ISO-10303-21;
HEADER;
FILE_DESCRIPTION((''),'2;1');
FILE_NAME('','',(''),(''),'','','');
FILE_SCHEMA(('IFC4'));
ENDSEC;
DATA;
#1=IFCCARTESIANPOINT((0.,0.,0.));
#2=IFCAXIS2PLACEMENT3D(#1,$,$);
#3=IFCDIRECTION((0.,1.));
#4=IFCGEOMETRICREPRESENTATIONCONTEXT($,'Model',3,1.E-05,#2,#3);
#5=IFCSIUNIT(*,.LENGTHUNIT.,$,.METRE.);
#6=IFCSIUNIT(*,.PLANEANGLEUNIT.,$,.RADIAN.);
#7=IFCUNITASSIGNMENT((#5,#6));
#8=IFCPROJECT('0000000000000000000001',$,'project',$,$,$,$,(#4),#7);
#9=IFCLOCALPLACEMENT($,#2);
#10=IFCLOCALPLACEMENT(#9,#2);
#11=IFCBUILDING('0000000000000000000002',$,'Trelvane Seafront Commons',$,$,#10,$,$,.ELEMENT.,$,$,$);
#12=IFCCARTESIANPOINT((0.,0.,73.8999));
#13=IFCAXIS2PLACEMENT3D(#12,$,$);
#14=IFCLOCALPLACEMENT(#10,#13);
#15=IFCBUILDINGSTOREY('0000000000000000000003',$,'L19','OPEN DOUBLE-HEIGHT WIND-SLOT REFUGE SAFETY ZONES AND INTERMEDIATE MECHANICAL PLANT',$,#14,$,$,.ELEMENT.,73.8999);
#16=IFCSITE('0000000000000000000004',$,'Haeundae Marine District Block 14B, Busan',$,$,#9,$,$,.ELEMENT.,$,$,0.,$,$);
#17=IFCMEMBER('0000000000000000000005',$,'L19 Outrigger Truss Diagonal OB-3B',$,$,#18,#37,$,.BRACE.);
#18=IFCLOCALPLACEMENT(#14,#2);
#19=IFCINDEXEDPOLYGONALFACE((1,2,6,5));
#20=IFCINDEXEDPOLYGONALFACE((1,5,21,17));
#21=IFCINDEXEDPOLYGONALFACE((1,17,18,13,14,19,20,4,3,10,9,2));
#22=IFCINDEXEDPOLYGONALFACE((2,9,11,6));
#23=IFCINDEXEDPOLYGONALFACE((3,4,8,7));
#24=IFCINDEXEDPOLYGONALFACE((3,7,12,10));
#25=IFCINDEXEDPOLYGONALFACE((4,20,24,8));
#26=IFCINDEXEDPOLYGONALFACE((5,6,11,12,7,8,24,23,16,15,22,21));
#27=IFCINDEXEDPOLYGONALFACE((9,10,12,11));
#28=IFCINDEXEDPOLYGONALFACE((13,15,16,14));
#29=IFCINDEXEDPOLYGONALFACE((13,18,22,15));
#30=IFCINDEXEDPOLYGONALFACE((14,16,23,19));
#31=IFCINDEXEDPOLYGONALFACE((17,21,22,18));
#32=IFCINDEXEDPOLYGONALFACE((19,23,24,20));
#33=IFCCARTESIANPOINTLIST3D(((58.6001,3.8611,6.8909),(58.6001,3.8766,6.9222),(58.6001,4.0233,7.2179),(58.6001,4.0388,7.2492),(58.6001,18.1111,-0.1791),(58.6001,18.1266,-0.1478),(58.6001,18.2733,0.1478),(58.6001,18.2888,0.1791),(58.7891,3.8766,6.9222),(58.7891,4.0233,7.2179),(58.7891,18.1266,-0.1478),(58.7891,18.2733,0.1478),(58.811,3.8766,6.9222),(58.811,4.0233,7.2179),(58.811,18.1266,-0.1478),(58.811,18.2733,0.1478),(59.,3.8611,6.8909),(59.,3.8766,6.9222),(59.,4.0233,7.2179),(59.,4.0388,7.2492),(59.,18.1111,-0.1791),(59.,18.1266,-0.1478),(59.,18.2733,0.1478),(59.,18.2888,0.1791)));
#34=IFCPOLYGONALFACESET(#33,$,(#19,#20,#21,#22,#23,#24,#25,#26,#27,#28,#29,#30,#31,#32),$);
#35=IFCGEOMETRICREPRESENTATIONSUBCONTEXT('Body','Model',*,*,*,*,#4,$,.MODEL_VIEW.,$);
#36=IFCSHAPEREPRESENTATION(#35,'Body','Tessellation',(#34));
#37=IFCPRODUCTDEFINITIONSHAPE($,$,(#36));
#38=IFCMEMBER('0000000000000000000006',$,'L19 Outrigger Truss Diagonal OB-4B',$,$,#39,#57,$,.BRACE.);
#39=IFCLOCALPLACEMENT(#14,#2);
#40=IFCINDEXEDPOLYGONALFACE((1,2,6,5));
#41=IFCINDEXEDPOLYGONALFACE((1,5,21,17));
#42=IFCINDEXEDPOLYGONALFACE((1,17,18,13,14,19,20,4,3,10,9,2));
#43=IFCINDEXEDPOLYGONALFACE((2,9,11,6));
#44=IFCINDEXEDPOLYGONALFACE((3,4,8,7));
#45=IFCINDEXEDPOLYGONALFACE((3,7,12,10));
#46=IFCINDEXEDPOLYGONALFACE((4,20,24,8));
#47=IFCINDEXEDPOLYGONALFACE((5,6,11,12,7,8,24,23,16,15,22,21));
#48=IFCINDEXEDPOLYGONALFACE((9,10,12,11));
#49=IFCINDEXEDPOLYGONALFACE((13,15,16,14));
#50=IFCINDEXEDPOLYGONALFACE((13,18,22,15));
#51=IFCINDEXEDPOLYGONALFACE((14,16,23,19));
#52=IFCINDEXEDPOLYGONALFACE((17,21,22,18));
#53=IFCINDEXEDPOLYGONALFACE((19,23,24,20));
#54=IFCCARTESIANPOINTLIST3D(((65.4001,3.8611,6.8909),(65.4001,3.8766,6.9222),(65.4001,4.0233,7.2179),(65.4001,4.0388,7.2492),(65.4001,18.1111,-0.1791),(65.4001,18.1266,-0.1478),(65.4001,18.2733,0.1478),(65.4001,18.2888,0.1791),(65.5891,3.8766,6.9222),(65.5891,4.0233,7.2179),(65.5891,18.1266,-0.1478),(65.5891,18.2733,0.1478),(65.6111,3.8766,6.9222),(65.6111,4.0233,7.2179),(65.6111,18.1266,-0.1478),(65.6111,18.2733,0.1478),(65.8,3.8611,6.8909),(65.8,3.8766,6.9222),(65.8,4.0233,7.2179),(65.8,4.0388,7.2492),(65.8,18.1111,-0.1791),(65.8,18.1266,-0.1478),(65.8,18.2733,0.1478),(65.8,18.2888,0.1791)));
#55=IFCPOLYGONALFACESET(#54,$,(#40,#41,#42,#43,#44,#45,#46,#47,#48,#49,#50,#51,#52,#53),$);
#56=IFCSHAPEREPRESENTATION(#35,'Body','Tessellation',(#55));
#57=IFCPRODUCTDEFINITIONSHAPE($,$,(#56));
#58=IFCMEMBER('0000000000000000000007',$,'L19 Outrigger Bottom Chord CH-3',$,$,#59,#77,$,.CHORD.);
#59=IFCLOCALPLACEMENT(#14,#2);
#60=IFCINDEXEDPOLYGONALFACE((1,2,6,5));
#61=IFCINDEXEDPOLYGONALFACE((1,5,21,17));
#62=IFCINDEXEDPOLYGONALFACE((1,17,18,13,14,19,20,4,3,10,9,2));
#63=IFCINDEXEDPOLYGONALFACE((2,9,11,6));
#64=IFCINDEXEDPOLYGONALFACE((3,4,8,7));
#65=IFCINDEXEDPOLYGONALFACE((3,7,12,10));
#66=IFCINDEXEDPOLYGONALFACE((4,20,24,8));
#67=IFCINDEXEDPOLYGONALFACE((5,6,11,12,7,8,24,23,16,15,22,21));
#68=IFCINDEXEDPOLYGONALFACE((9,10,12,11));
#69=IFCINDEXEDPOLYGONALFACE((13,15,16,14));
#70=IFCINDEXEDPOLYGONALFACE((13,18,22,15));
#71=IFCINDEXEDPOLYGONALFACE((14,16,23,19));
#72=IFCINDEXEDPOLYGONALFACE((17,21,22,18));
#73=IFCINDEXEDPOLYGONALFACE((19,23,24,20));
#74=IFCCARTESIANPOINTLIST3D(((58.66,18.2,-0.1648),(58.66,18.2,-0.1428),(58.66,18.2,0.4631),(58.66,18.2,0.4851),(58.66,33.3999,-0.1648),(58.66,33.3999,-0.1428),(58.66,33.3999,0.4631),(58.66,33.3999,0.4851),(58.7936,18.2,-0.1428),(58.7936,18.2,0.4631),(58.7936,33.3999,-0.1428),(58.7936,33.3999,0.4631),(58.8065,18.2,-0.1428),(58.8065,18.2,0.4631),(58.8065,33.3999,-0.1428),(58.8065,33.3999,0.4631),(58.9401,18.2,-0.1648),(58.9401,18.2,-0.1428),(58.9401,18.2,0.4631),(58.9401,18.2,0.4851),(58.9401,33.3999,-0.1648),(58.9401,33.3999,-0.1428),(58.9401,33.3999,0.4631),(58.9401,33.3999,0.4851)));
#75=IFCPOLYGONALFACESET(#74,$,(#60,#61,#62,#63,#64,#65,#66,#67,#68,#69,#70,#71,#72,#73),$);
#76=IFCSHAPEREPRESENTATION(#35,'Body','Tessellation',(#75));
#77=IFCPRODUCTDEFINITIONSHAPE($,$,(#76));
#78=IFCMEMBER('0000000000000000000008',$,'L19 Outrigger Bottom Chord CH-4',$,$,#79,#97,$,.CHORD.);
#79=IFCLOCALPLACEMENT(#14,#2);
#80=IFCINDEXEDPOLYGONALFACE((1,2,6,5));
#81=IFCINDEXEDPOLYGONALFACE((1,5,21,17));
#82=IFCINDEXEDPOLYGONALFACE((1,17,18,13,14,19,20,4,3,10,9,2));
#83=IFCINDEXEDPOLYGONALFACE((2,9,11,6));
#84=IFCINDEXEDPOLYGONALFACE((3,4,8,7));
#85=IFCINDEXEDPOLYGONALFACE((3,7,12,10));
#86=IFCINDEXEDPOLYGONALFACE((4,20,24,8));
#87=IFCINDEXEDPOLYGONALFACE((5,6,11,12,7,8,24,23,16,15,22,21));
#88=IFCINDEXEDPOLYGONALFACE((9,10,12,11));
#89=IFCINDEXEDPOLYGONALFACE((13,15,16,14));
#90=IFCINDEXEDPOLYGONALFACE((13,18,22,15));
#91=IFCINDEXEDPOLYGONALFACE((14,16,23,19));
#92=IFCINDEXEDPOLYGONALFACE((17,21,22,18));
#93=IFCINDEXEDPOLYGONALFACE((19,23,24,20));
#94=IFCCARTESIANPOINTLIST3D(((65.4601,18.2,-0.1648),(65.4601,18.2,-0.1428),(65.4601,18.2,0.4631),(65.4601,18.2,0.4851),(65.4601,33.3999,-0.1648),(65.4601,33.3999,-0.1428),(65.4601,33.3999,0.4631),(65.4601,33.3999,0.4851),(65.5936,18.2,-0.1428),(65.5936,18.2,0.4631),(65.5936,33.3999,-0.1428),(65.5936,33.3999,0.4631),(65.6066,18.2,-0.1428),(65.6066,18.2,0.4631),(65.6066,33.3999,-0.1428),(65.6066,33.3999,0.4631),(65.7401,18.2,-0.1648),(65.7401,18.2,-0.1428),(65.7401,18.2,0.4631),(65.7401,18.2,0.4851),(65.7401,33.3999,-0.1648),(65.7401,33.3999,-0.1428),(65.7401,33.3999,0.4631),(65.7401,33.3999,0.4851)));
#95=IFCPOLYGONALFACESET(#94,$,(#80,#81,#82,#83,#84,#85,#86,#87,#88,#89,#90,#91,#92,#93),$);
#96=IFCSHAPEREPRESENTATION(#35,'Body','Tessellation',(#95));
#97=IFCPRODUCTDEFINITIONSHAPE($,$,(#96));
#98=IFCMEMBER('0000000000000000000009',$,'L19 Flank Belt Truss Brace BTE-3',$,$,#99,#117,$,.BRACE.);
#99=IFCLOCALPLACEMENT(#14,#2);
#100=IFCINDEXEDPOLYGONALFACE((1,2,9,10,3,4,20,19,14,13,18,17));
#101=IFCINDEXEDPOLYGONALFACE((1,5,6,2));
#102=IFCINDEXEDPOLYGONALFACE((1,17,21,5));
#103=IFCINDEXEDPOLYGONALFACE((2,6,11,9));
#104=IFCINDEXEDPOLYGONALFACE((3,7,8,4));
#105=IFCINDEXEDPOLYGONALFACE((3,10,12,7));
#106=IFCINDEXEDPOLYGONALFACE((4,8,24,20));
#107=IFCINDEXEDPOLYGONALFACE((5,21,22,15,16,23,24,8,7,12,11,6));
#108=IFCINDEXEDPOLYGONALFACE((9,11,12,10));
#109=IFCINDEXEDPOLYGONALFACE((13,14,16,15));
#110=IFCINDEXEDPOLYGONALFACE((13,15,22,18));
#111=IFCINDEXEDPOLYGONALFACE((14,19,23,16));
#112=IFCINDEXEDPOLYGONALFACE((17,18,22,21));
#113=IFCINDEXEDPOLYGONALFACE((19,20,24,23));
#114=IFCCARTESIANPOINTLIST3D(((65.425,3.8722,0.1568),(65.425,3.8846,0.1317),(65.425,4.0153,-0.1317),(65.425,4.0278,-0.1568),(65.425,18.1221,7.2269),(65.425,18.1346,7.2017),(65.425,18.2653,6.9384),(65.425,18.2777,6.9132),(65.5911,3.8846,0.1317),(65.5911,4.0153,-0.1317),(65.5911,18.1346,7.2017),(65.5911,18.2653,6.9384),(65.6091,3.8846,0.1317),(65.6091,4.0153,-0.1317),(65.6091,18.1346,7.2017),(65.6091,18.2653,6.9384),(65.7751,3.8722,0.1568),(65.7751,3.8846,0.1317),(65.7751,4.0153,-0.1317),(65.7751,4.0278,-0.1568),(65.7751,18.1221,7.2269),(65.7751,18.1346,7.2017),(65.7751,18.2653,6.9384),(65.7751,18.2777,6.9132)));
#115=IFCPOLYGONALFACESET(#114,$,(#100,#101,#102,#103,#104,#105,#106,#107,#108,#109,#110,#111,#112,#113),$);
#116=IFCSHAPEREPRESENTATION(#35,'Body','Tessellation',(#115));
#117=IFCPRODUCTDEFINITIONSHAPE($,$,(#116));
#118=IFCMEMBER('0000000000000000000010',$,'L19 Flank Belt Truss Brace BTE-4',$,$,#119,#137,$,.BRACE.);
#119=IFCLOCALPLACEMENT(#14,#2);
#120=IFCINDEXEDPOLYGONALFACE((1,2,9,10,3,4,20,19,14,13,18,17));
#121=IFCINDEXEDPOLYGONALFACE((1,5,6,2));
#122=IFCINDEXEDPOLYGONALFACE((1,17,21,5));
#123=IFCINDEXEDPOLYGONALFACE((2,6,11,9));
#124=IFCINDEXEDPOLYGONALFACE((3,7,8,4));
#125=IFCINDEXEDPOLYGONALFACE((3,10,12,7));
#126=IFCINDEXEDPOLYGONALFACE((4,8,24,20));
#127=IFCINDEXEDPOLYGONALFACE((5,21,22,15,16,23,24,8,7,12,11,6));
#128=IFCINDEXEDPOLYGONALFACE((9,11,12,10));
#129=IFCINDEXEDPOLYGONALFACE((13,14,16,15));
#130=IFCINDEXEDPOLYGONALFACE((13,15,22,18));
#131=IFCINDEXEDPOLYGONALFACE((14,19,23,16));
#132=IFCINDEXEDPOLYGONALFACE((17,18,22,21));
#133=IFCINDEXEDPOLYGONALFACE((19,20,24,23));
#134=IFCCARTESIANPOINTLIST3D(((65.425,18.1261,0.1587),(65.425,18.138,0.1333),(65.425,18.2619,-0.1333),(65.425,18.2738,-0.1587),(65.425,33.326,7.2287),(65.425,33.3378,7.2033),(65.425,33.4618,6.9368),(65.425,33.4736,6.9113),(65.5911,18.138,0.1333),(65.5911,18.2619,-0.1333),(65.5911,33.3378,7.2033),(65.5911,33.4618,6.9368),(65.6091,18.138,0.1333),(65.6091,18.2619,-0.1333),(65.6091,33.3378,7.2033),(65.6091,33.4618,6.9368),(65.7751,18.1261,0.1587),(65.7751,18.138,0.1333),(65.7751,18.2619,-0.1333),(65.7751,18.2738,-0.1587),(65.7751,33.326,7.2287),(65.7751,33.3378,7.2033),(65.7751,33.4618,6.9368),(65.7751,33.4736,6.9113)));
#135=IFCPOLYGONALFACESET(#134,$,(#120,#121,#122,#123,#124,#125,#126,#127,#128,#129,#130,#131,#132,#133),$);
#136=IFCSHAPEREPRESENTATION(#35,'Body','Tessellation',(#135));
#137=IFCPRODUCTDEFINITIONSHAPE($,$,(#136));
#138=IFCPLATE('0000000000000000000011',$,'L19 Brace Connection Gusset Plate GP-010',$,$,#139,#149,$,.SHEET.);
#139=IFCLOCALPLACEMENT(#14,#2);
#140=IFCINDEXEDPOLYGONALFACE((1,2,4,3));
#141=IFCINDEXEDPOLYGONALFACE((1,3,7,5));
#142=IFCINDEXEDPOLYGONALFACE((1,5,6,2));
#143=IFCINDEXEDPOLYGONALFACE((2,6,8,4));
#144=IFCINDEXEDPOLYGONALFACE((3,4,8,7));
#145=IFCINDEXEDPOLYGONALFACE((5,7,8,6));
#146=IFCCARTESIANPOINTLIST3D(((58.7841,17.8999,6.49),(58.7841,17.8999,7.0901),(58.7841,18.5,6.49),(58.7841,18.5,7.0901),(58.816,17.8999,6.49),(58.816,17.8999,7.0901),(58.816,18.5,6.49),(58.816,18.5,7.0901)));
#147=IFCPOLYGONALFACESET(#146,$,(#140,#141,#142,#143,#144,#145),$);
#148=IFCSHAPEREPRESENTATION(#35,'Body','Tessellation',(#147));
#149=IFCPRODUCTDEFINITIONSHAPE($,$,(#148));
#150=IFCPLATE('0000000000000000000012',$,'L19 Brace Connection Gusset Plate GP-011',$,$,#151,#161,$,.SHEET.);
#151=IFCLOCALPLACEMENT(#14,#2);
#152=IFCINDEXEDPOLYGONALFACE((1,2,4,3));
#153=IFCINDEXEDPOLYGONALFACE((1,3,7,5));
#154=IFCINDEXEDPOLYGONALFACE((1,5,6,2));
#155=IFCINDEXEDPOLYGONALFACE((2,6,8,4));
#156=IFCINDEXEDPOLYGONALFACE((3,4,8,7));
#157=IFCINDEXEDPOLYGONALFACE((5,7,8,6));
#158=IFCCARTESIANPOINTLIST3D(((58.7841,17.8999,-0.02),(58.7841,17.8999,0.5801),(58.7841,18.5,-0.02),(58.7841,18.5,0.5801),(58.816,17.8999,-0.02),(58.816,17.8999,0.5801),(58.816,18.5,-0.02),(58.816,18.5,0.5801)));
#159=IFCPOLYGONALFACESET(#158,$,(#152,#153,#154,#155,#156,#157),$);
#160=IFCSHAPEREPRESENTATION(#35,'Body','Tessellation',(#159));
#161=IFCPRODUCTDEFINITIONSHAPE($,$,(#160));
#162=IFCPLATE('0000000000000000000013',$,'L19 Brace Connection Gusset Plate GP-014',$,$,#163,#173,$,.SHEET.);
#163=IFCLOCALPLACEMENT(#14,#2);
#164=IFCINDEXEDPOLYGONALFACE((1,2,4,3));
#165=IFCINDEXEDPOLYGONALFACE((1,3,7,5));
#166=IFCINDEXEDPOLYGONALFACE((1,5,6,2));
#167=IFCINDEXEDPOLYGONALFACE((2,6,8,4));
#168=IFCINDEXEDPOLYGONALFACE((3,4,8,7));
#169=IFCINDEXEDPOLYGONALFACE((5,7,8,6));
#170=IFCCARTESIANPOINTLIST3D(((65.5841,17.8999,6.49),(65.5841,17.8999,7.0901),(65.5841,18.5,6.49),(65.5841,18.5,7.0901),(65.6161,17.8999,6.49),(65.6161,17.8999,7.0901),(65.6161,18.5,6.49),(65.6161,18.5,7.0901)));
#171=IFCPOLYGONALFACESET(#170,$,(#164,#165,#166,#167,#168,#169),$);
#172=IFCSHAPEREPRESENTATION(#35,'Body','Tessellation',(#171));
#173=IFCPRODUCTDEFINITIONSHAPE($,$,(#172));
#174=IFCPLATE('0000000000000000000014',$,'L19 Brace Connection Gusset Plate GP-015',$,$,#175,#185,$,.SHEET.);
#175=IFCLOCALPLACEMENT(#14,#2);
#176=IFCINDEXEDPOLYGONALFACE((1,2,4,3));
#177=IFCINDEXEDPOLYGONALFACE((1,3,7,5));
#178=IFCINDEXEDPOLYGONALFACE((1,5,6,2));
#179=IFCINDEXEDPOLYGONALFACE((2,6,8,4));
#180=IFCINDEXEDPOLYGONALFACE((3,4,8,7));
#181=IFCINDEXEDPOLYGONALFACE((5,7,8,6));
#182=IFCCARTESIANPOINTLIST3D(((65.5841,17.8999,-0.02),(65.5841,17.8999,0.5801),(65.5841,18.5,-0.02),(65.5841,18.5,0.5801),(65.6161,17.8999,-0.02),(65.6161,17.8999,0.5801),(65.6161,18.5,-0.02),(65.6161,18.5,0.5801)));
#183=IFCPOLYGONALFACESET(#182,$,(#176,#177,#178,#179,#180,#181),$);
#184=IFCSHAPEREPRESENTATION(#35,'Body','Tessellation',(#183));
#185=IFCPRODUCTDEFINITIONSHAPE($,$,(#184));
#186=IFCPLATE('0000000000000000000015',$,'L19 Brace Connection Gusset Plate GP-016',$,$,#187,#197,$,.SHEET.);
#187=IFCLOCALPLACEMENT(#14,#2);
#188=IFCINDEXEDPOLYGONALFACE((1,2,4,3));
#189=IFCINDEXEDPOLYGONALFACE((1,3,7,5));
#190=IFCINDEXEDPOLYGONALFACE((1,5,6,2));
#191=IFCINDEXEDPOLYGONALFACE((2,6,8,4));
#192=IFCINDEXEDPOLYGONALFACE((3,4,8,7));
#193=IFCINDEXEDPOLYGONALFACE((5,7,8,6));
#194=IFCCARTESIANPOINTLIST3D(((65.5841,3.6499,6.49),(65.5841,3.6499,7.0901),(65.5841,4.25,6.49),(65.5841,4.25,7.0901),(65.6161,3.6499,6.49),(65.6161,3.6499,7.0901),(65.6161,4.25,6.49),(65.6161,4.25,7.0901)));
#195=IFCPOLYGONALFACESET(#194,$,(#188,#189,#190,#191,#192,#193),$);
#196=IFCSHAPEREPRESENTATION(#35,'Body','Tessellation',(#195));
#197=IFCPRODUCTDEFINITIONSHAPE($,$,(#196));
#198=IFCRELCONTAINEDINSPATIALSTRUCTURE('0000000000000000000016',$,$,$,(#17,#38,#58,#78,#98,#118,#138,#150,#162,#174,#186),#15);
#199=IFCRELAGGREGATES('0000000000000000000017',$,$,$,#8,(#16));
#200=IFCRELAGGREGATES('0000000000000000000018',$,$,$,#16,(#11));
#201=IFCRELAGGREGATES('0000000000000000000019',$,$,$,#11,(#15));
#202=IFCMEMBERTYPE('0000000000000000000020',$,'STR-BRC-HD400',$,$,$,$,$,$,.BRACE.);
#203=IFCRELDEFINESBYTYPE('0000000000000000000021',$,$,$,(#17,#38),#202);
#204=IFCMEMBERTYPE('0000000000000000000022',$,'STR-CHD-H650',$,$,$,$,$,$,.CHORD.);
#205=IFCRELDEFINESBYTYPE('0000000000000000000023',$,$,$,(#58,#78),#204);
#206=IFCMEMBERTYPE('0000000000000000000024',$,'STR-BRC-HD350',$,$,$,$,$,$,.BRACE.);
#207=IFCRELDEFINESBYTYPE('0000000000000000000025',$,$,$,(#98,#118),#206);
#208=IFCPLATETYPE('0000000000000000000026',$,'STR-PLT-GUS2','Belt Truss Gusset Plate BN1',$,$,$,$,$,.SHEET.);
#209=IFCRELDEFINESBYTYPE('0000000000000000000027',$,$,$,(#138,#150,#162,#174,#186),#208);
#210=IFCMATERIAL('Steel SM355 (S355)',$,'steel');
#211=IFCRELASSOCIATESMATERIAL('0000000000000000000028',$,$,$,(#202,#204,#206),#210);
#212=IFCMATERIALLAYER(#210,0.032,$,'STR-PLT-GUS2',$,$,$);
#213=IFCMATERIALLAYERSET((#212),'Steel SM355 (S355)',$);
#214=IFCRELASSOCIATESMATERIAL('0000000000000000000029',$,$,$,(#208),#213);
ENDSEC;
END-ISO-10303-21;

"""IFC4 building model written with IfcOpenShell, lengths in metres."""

from ifc_helpers import new_model, si_unit, direction, frame, origin, origin_2d, place, context, subcontext, project, spatial, rectangle, i_section, extrude, source, transform, mapped, material, layer, layer_set, material_profile, profile_set, type_object, element, save


model = new_model("IFC4")

# Units and contexts
model_context = context("Model", 3, precision=1e-05, world=origin(), true_north=direction((0.0, 1.0)))
body_context = subcontext(model_context, "Body", "Model", "MODEL_VIEW")
ifc_project = project(units=[si_unit("LENGTHUNIT", "METRE"), si_unit("PLANEANGLEUNIT", "RADIAN")], contexts=[model_context])

# Site, building, storey
site_placement = place(None, origin())
site = spatial("IfcSite", under=ifc_project, at=site_placement, Name="Haeundae Marine District Block 14B, Busan", CompositionType="ELEMENT", RefElevation=0.0)
building_placement = place(site_placement, origin())
building = spatial("IfcBuilding", under=site, at=building_placement, Name="Trelvane Seafront Commons", CompositionType="ELEMENT")
storey_placement = place(building_placement, frame((0.0, 0.0, 73.8999)))
storey = spatial("IfcBuildingStorey", under=building, at=storey_placement, Name="L19", Description="OPEN DOUBLE-HEIGHT WIND-SLOT REFUGE SAFETY ZONES AND INTERMEDIATE MECHANICAL PLANT", CompositionType="ELEMENT", Elevation=73.8999)

# Shared definitions
ifc_material_1 = material(Name="Steel SM355 (S355)", Category="steel")

# Members
ifc_material_profile_1 = material_profile(ifc_material_1, i_section(OverallWidth=0.3999, OverallDepth=0.3999, WebThickness=0.022, FlangeThickness=0.0349, at=origin_2d()), Name="HD-400x400x22x35")
ifc_profile_set_1 = profile_set([ifc_material_profile_1], Name="Steel SM355 (S355)")
member_type_1 = type_object("IfcMemberType", Name="STR-BRC-HD400", PredefinedType="BRACE", material=ifc_profile_set_1)
shared_shape_1 = source(origin(), body_context, "Body", "SweptSolid", [
    extrude(i_section(OverallWidth=0.3999, OverallDepth=0.3999, WebThickness=0.022, FlangeThickness=0.0349, at=origin_2d()), origin(), (0.0, 0.0, 1.0), 15.9075),
])
for number, where, z_axis, x_axis, name in (
    (1, (58.8, 18.2, 0.0), (0.0, -0.895804, 0.444449), (1.0, 0.0, 0.0), "L19 Outrigger Truss Diagonal OB-3B"),
    (2, (65.6001, 18.2, 0.0), (0.0, -0.895804, 0.444449), (1.0, 0.0, 0.0), "L19 Outrigger Truss Diagonal OB-4B"),
):
    element("IfcMember", number, at=place(storey_placement, frame(where, z_axis=z_axis, x_axis=x_axis)), inside=storey, type_object=member_type_1, Name=name, PredefinedType="BRACE", context=body_context, shape_type="MappedRepresentation", body=[
        mapped(shared_shape_1, transform((0.0, 0.0, 0.0), x_axis=(1.0, 0.0, 0.0), y_axis=(0.0, 1.0, 0.0), z_axis=(0.0, 0.0, 1.0), scale=1.0)),
    ])
ifc_material_profile_2 = material_profile(ifc_material_1, i_section(OverallWidth=0.28, OverallDepth=0.6499, WebThickness=0.0129, FlangeThickness=0.022, at=origin_2d()), Name="H-650x280x13x22")
ifc_profile_set_2 = profile_set([ifc_material_profile_2], Name="Steel SM355 (S355)")
member_type_2 = type_object("IfcMemberType", Name="STR-CHD-H650", PredefinedType="CHORD", material=ifc_profile_set_2)
shared_shape_2 = source(origin(), body_context, "Body", "SweptSolid", [
    extrude(i_section(OverallWidth=0.28, OverallDepth=0.6499, WebThickness=0.0129, FlangeThickness=0.022, at=origin_2d()), origin(), (0.0, 0.0, 1.0), 15.2),
])
for number, where, z_axis, x_axis, name in (
    (3, (58.8, 18.2, 0.1602), (0.0, 1.0, 0.0), (-1.0, 0.0, 0.0), "L19 Outrigger Bottom Chord CH-3"),
    (4, (65.6001, 18.2, 0.1602), (0.0, 1.0, 0.0), (-1.0, 0.0, 0.0), "L19 Outrigger Bottom Chord CH-4"),
):
    element("IfcMember", number, at=place(storey_placement, frame(where, z_axis=z_axis, x_axis=x_axis)), inside=storey, type_object=member_type_2, Name=name, PredefinedType="CHORD", context=body_context, shape_type="MappedRepresentation", body=[
        mapped(shared_shape_2, transform((0.0, 0.0, 0.0), x_axis=(1.0, 0.0, 0.0), y_axis=(0.0, 1.0, 0.0), z_axis=(0.0, 0.0, 1.0), scale=1.0)),
    ])
ifc_material_profile_3 = material_profile(ifc_material_1, i_section(OverallWidth=0.3501, OverallDepth=0.3501, WebThickness=0.0181, FlangeThickness=0.0281, at=origin_2d()), Name="HD-350x350x18x28")
ifc_profile_set_3 = profile_set([ifc_material_profile_3], Name="Steel SM355 (S355)")
member_type_3 = type_object("IfcMemberType", Name="STR-BRC-HD350", PredefinedType="BRACE", material=ifc_profile_set_3)
shared_shape_3 = source(origin(), body_context, "Body", "SweptSolid", [
    extrude(i_section(OverallWidth=0.3501, OverallDepth=0.3501, WebThickness=0.0181, FlangeThickness=0.0281, at=origin_2d()), origin(), (0.0, 0.0, 1.0), 15.9075),
])
member_1_placement = place(storey_placement, frame((65.6001, 3.95, 0.0), z_axis=(0.0, 0.895804, 0.444449), x_axis=(-1.0, 0.0, 0.0)))
element("IfcMember", 5, at=member_1_placement, inside=storey, type_object=member_type_3, Name="L19 Flank Belt Truss Brace BTE-3", PredefinedType="BRACE", context=body_context, shape_type="MappedRepresentation", body=[
    mapped(shared_shape_3, transform((0.0, 0.0, 0.0), x_axis=(1.0, 0.0, 0.0), y_axis=(0.0, 1.0, 0.0), z_axis=(0.0, 0.0, 1.0), scale=1.0)),
])
shared_shape_4 = source(origin(), body_context, "Body", "SweptSolid", [
    extrude(i_section(OverallWidth=0.3501, OverallDepth=0.3501, WebThickness=0.0181, FlangeThickness=0.0281, at=origin_2d()), origin(), (0.0, 0.0, 1.0), 16.7637),
])
member_2_placement = place(storey_placement, frame((65.6001, 18.2, 0.0), z_axis=(0.0, 0.906714, 0.421747), x_axis=(-1.0, 0.0, 0.0)))
element("IfcMember", 6, at=member_2_placement, inside=storey, type_object=member_type_3, Name="L19 Flank Belt Truss Brace BTE-4", PredefinedType="BRACE", context=body_context, shape_type="MappedRepresentation", body=[
    mapped(shared_shape_4, transform((0.0, 0.0, 0.0), x_axis=(1.0, 0.0, 0.0), y_axis=(0.0, 1.0, 0.0), z_axis=(0.0, 0.0, 1.0), scale=1.0)),
])

# Plates
ifc_layer_1 = layer(ifc_material_1, 0.032, Name="STR-PLT-GUS2")
ifc_layer_set_1 = layer_set([ifc_layer_1], Name="Steel SM355 (S355)")
plate_type_1 = type_object("IfcPlateType", Name="STR-PLT-GUS2", Description="Belt Truss Gusset Plate BN1", PredefinedType="SHEET", material=ifc_layer_set_1)
shared_shape_5 = source(origin(), body_context, "Body", "SweptSolid", [
    extrude(rectangle(XDim=0.032, YDim=0.6001, at=origin_2d()), origin(), (0.0, 0.0, 1.0), 0.6001),
])
for number, where, z_axis, x_axis, name in (
    (7, (58.8, 18.2, 6.49), (0.0, 0.0, 1.0), (1.0, 0.0, 0.0), "L19 Brace Connection Gusset Plate GP-010"),
    (8, (58.8, 18.2, -0.02), (0.0, 0.0, 1.0), (1.0, 0.0, 0.0), "L19 Brace Connection Gusset Plate GP-011"),
    (9, (65.6001, 18.2, 6.49), (0.0, 0.0, 1.0), (1.0, 0.0, 0.0), "L19 Brace Connection Gusset Plate GP-014"),
    (10, (65.6001, 18.2, -0.02), (0.0, 0.0, 1.0), (1.0, 0.0, 0.0), "L19 Brace Connection Gusset Plate GP-015"),
    (11, (65.6001, 3.95, 6.49), (0.0, 0.0, 1.0), (1.0, 0.0, 0.0), "L19 Brace Connection Gusset Plate GP-016"),
):
    element("IfcPlate", number, at=place(storey_placement, frame(where, z_axis=z_axis, x_axis=x_axis)), inside=storey, type_object=plate_type_1, Name=name, PredefinedType="SHEET", context=body_context, shape_type="MappedRepresentation", body=[
        mapped(shared_shape_5, transform((0.0, 0.0, 0.0), x_axis=(1.0, 0.0, 0.0), y_axis=(0.0, 1.0, 0.0), z_axis=(0.0, 0.0, 1.0), scale=1.0)),
    ])

save(model, "model.ifc")
